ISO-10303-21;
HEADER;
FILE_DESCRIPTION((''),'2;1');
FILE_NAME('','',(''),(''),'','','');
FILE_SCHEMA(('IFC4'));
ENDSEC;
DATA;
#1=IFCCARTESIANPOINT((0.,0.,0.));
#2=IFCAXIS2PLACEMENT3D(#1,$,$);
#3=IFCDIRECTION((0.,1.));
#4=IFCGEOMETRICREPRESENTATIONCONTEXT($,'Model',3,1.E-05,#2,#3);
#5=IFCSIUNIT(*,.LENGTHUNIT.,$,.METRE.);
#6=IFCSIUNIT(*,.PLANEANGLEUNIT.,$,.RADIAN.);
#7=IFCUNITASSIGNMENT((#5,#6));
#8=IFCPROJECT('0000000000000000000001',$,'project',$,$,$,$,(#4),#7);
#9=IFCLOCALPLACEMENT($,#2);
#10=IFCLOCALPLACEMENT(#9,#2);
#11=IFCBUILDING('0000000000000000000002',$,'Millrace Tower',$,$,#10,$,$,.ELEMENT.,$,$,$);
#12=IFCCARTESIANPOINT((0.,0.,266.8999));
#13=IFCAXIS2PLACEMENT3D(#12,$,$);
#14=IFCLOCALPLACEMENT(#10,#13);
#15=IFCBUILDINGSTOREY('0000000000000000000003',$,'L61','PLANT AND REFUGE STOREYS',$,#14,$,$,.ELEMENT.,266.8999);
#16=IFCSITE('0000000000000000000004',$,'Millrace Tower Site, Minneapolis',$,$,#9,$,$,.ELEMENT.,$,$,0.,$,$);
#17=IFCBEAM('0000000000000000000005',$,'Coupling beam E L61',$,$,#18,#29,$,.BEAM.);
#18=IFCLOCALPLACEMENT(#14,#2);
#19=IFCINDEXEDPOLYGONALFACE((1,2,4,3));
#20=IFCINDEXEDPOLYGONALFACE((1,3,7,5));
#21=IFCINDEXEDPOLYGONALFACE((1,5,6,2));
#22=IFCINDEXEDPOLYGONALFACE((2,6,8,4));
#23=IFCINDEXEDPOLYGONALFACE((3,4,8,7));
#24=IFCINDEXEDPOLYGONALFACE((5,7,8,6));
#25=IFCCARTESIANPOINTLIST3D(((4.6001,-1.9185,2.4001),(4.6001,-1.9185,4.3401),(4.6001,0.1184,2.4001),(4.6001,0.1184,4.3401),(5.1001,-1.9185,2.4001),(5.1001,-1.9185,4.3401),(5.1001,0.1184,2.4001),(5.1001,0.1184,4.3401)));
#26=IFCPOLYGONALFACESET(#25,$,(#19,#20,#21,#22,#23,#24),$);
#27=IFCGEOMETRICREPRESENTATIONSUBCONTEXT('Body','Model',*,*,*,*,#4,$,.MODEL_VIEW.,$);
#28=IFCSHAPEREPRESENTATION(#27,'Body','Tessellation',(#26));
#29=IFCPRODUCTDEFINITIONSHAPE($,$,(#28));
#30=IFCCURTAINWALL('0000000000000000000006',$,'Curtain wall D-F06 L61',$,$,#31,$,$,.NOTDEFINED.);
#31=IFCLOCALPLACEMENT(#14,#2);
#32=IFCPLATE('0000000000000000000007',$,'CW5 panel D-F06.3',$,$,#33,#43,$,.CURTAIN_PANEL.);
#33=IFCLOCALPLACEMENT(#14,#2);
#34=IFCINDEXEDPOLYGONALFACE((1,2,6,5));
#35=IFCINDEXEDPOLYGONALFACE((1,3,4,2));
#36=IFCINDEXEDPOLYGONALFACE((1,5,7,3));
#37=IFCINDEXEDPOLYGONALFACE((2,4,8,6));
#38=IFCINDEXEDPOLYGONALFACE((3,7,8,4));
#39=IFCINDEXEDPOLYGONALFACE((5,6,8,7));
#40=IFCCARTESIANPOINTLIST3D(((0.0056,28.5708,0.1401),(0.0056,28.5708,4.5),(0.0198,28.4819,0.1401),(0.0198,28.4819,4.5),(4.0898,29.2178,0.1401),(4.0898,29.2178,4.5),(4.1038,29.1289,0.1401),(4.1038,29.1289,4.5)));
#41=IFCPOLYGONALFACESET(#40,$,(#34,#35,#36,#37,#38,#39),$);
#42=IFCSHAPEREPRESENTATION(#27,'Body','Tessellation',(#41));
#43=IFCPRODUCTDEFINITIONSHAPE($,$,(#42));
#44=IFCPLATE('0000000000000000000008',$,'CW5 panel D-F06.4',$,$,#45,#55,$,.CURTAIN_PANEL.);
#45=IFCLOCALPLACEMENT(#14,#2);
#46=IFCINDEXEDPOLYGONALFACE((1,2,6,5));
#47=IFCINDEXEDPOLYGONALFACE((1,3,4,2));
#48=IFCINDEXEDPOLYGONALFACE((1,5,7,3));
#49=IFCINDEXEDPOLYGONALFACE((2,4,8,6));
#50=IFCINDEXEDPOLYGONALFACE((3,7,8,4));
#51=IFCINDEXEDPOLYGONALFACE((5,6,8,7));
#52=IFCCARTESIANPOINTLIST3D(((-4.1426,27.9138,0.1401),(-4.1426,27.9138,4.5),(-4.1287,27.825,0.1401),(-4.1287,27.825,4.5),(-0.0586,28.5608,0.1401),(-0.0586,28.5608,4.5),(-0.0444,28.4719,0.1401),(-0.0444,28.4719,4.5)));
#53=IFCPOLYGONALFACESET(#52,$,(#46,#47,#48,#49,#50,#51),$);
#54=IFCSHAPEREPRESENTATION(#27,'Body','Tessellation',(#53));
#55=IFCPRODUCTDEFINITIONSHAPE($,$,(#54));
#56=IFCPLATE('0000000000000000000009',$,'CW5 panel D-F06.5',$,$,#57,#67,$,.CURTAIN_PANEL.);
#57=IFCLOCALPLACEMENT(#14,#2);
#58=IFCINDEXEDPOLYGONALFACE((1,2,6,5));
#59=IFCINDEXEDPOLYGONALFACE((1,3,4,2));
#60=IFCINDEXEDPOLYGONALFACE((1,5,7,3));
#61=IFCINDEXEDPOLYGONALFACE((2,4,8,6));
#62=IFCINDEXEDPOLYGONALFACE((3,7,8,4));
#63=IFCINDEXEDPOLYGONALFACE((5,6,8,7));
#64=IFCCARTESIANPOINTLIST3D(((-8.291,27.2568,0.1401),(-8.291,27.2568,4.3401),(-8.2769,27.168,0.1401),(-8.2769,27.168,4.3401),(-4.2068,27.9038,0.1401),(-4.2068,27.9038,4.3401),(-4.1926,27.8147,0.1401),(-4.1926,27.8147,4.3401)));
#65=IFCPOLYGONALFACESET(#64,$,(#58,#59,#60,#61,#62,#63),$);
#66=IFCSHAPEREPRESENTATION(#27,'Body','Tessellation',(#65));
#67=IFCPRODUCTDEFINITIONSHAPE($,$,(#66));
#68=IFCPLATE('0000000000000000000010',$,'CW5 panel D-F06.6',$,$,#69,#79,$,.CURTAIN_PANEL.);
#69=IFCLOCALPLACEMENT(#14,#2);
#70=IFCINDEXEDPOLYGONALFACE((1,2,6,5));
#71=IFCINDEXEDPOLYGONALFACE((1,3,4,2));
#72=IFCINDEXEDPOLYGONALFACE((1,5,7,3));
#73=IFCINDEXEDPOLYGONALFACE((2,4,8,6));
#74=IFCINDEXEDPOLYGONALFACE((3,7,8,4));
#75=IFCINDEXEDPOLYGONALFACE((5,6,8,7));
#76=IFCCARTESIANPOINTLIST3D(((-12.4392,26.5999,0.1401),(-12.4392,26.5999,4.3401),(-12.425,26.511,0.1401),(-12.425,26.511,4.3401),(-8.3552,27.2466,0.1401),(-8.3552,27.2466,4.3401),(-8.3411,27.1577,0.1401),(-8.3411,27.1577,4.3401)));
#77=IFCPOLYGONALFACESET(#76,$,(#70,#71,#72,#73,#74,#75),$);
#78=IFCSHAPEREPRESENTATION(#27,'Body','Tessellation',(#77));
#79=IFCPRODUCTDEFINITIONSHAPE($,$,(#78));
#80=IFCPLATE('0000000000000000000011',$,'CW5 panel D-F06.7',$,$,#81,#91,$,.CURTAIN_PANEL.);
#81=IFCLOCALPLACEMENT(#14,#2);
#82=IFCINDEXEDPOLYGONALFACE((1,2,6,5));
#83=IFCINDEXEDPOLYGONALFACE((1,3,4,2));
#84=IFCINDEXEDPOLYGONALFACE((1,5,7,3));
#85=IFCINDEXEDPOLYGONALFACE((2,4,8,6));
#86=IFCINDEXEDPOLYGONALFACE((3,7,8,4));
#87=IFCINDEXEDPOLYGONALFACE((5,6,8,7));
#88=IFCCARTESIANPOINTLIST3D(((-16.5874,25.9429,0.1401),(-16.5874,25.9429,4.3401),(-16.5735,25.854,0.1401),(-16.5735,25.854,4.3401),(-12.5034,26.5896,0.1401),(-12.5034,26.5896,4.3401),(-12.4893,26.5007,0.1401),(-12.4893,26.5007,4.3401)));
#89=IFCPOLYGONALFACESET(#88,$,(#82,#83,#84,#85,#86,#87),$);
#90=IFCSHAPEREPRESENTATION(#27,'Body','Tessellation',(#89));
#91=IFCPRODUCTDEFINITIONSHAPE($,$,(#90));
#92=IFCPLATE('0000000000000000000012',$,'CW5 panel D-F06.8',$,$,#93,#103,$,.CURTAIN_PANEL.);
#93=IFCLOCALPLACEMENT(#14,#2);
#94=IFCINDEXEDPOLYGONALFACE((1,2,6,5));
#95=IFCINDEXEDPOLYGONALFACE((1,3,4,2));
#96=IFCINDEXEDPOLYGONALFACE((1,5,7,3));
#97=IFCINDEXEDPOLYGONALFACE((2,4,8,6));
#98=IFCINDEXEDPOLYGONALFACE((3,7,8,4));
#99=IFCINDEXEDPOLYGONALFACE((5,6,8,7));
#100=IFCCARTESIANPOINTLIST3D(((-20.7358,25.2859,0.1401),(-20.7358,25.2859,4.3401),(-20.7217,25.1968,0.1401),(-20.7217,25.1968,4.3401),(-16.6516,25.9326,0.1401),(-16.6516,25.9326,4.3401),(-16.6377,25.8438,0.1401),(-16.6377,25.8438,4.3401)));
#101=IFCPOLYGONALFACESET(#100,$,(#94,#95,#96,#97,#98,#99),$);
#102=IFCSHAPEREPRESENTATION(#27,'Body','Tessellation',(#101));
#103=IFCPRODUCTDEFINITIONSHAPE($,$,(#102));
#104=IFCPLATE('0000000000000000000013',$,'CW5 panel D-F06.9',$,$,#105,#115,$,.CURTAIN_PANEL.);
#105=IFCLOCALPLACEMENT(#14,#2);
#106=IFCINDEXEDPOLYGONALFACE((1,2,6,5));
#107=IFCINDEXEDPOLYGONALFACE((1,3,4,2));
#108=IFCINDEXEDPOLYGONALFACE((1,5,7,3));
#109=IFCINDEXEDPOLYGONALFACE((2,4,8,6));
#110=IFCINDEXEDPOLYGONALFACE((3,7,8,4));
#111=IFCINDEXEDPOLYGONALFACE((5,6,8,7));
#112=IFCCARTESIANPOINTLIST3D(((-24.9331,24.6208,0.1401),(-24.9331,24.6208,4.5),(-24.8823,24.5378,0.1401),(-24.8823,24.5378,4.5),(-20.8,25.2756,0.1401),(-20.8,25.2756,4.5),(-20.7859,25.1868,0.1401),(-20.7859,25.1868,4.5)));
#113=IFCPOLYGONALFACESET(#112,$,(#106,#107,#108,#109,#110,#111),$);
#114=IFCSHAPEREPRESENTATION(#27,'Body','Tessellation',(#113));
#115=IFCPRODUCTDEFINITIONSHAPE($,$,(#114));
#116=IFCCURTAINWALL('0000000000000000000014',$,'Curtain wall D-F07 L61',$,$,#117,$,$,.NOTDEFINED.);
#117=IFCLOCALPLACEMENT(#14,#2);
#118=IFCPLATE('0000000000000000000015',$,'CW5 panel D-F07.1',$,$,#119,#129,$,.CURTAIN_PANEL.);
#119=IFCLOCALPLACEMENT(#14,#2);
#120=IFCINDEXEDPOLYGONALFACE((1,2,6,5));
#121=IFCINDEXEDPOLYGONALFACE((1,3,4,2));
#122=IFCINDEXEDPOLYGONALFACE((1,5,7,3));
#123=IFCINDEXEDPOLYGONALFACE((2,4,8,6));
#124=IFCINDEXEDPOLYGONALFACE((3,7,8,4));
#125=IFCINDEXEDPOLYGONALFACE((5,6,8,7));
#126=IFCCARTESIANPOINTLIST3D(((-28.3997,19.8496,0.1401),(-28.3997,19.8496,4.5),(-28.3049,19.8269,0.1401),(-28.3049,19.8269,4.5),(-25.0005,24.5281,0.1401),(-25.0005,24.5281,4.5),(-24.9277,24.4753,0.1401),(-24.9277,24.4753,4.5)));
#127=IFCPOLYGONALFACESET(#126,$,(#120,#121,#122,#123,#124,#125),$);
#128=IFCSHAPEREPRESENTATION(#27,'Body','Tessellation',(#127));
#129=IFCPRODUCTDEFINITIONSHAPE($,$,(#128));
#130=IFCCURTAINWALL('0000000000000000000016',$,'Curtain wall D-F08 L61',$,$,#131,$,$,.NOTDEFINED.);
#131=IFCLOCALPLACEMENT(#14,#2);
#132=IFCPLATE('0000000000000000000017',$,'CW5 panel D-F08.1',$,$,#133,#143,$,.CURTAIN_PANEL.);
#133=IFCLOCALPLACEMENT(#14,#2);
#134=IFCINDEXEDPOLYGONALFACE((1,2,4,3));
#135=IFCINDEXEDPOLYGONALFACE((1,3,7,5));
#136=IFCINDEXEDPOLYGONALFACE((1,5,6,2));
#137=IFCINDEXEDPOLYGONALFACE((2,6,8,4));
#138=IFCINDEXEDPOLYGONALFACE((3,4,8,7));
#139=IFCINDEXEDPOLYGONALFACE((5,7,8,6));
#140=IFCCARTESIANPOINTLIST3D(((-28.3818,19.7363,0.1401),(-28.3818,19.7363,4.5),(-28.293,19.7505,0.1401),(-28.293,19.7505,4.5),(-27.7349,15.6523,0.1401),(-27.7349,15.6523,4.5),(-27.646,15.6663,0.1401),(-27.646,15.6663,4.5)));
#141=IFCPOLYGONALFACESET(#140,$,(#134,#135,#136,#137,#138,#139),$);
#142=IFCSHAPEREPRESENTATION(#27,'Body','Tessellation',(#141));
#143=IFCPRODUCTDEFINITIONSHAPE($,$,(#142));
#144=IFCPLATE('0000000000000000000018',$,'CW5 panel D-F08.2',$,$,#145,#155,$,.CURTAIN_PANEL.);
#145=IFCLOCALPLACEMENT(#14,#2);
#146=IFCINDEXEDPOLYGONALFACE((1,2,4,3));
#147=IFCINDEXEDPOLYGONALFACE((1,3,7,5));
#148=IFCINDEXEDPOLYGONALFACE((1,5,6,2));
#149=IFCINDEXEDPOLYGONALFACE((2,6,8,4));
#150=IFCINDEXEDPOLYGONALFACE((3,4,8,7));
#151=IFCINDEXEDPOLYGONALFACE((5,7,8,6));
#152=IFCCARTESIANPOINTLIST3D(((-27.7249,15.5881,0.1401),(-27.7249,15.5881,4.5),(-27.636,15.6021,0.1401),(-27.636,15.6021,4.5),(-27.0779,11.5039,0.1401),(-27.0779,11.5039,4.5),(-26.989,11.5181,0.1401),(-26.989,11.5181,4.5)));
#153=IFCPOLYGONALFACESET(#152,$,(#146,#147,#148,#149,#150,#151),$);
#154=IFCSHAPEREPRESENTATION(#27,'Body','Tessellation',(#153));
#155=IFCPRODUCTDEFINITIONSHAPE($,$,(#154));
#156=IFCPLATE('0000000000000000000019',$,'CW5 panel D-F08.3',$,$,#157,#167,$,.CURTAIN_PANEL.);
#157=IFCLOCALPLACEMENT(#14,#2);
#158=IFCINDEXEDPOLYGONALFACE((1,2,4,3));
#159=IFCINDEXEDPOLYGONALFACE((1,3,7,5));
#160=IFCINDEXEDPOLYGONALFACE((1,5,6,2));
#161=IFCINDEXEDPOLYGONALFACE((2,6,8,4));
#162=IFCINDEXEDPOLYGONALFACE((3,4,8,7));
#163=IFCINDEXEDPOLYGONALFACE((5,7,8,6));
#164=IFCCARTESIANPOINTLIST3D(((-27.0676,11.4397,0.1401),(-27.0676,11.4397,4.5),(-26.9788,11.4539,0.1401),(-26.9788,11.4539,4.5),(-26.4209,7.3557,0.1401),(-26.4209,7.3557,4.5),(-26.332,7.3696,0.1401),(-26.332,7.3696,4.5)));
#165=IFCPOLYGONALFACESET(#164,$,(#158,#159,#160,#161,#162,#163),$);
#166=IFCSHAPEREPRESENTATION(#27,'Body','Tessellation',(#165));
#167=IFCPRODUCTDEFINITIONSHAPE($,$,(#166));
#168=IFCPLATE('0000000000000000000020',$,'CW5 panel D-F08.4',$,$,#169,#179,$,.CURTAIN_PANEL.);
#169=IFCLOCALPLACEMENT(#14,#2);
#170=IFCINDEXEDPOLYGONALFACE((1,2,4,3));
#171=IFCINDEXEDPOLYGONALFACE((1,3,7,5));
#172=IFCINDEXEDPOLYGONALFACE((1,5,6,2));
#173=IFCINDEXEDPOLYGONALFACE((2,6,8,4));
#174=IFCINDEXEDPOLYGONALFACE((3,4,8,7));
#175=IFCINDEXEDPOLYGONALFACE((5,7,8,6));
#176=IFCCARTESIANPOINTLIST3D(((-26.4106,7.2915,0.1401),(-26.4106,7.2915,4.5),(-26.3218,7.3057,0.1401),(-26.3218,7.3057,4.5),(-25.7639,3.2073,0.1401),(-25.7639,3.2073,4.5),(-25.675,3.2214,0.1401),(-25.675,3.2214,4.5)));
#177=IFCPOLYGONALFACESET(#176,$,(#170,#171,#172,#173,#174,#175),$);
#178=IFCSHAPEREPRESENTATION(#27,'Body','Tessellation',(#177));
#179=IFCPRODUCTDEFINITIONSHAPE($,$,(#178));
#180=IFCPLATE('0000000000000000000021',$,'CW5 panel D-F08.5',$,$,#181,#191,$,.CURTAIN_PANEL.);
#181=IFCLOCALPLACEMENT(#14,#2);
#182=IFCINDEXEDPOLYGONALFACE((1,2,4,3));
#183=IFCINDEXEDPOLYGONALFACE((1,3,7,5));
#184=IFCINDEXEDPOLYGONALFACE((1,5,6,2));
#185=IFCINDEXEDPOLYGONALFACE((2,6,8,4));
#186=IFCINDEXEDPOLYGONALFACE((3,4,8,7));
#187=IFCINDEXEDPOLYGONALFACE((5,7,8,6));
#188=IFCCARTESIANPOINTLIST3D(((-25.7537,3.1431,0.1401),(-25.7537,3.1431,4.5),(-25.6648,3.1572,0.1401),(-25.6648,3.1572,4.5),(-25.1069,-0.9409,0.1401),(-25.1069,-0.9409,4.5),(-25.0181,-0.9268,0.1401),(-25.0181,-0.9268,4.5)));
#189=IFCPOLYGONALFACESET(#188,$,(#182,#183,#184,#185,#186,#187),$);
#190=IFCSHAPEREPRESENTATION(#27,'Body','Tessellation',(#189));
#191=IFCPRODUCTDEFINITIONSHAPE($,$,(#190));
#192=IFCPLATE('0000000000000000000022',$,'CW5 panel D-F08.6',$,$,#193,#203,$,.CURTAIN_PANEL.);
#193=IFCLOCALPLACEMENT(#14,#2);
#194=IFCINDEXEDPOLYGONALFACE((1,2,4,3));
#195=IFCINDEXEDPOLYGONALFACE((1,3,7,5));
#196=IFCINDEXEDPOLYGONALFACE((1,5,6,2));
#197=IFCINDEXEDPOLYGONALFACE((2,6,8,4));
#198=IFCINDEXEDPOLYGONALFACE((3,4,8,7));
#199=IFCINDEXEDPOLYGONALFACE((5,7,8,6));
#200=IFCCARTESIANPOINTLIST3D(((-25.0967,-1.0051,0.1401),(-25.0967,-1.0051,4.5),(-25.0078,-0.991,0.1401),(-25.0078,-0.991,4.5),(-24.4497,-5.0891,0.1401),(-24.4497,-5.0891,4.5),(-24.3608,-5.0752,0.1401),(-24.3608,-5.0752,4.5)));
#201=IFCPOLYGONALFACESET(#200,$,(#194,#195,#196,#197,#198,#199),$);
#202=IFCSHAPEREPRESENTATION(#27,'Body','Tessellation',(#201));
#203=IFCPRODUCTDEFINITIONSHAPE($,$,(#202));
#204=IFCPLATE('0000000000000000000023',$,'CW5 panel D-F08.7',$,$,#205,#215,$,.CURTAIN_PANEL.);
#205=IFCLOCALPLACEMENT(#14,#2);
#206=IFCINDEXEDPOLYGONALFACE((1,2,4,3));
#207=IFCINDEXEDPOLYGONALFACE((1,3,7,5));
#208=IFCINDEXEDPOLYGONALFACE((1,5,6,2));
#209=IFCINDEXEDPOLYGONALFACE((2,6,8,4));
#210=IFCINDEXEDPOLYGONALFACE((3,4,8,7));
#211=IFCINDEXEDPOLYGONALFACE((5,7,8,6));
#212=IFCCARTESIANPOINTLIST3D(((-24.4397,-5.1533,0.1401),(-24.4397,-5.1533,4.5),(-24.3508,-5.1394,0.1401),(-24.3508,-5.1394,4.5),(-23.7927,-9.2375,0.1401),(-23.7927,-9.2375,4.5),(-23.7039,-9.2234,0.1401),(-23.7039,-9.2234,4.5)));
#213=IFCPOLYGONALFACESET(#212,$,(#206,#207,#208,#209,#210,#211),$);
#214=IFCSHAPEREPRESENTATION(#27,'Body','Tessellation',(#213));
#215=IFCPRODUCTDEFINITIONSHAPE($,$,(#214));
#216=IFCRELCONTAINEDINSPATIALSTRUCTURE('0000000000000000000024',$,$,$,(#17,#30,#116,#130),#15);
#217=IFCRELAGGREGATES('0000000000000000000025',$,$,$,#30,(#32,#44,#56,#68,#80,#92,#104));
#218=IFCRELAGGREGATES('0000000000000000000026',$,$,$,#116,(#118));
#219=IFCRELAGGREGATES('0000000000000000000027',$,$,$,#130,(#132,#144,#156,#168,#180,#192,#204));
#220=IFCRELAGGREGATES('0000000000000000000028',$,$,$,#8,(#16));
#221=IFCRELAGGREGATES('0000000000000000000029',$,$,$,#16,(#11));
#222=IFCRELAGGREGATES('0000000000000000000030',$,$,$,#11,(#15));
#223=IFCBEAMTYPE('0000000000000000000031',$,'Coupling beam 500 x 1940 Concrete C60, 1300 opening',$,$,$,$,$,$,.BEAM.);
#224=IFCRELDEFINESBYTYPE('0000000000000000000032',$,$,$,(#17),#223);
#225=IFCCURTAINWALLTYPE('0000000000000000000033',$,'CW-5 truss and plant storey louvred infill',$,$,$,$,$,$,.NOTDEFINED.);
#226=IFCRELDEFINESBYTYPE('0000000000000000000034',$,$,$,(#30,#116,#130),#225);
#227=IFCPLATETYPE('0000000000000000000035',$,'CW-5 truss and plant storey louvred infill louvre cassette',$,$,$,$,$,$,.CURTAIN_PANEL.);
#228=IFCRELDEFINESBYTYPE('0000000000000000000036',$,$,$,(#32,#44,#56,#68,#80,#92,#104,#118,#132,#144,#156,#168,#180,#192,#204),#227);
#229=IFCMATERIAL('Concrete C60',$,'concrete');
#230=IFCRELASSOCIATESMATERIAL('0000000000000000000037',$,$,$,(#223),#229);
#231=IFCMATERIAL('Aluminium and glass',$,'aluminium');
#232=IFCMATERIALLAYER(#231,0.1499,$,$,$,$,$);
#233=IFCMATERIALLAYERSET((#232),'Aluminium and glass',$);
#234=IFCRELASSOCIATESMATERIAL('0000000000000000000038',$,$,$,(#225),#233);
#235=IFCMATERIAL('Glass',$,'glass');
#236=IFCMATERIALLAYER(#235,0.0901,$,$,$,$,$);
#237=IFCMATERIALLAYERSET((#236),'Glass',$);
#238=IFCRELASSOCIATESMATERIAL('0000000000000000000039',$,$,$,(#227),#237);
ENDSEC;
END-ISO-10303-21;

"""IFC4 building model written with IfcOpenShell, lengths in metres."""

from ifc_helpers import new_model, si_unit, direction, frame, origin, origin_2d, place, context, subcontext, project, spatial, polyline, rectangle, outline, extrude, material, layer, layer_set, material_profile, profile_set, type_object, element, aggregate, save


model = new_model("IFC4")

# Units and contexts
model_context = context("Model", 3, precision=1e-05, world=origin(), true_north=direction((0.0, 1.0)))
body_context = subcontext(model_context, "Body", "Model", "MODEL_VIEW")
ifc_project = project(units=[si_unit("LENGTHUNIT", "METRE"), si_unit("PLANEANGLEUNIT", "RADIAN")], contexts=[model_context])

# Site, building, storey
site_placement = place(None, origin())
site = spatial("IfcSite", under=ifc_project, at=site_placement, Name="Millrace Tower Site, Minneapolis", CompositionType="ELEMENT", RefElevation=0.0)
building_placement = place(site_placement, origin())
building = spatial("IfcBuilding", under=site, at=building_placement, Name="Millrace Tower", CompositionType="ELEMENT")
storey_placement = place(building_placement, frame((0.0, 0.0, 266.8999)))
storey = spatial("IfcBuildingStorey", under=building, at=storey_placement, Name="L61", Description="PLANT AND REFUGE STOREYS", CompositionType="ELEMENT", Elevation=266.8999)

# Beam
ifc_material_1 = material(Name="Concrete C60", Category="concrete")
ifc_material_profile = material_profile(ifc_material_1, rectangle(XDim=0.5, YDim=1.9399, at=origin_2d()))
ifc_profile_set = profile_set([ifc_material_profile], Name="Concrete C60")
beam_type = type_object("IfcBeamType", Name="Coupling beam 500 x 1940 Concrete C60, 1300 opening", PredefinedType="BEAM", material=ifc_profile_set)
beam_placement = place(storey_placement, frame((4.8501, 0.1184, 3.3701), z_axis=(0.0, -1.0, 0.0), x_axis=(1.0, 0.0, 0.0)))
element("IfcBeam", 1, at=beam_placement, inside=storey, type_object=beam_type, Name="Coupling beam E L61", PredefinedType="BEAM", context=body_context, shape_type="SweptSolid", body=[
    extrude(rectangle(XDim=0.5, YDim=1.9399, at=origin_2d()), origin(), (0.0, 0.0, 1.0), 2.0369),
])

# Curtain wall, plates
ifc_material_2 = material(Name="Aluminium and glass", Category="aluminium")
ifc_layer_1 = layer(ifc_material_2, 0.1499)
ifc_layer_set_1 = layer_set([ifc_layer_1], Name="Aluminium and glass")
curtain_wall_type = type_object("IfcCurtainWallType", Name="CW-5 truss and plant storey louvred infill", PredefinedType="NOTDEFINED", material=ifc_layer_set_1)
placement_1 = place(storey_placement, origin())
curtain_wall_1 = element("IfcCurtainWall", 2, at=placement_1, inside=storey, type_object=curtain_wall_type, Name="Curtain wall D-F06 L61", PredefinedType="NOTDEFINED")
ifc_material_3 = material(Name="Glass", Category="glass")
ifc_layer_2 = layer(ifc_material_3, 0.0901)
ifc_layer_set_2 = layer_set([ifc_layer_2], Name="Glass")
plate_type = type_object("IfcPlateType", Name="CW-5 truss and plant storey louvred infill louvre cassette", PredefinedType="CURTAIN_PANEL", material=ifc_layer_set_2)
placement_2 = place(storey_placement, frame((0.0, 0.0, 0.1401)))
plate_1 = element("IfcPlate", 3, at=placement_2, type_object=plate_type, Name="CW5 panel D-F06.3", PredefinedType="CURTAIN_PANEL", context=body_context, shape_type="SweptSolid", body=[
    extrude(outline(polyline([(4.0898, 29.2178), (0.0056, 28.5708), (0.0198, 28.4819), (4.1038, 29.1289), (4.0898, 29.2178)])), origin(), (0.0, 0.0, 1.0), 4.3599),
])
plate_2 = element("IfcPlate", 4, at=placement_2, type_object=plate_type, Name="CW5 panel D-F06.4", PredefinedType="CURTAIN_PANEL", context=body_context, shape_type="SweptSolid", body=[
    extrude(outline(polyline([(-0.0586, 28.5608), (-4.1426, 27.9138), (-4.1287, 27.825), (-0.0444, 28.4719), (-0.0586, 28.5608)])), origin(), (0.0, 0.0, 1.0), 4.3599),
])
plate_3 = element("IfcPlate", 5, at=placement_2, type_object=plate_type, Name="CW5 panel D-F06.5", PredefinedType="CURTAIN_PANEL", context=body_context, shape_type="SweptSolid", body=[
    extrude(outline(polyline([(-4.2068, 27.9038), (-8.291, 27.2568), (-8.2769, 27.168), (-4.1926, 27.8147), (-4.2068, 27.9038)])), origin(), (0.0, 0.0, 1.0), 4.2),
])
plate_4 = element("IfcPlate", 6, at=placement_2, type_object=plate_type, Name="CW5 panel D-F06.6", PredefinedType="CURTAIN_PANEL", context=body_context, shape_type="SweptSolid", body=[
    extrude(outline(polyline([(-8.3552, 27.2466), (-12.4392, 26.5999), (-12.425, 26.511), (-8.3411, 27.1577), (-8.3552, 27.2466)])), origin(), (0.0, 0.0, 1.0), 4.2),
])
plate_5 = element("IfcPlate", 7, at=placement_2, type_object=plate_type, Name="CW5 panel D-F06.7", PredefinedType="CURTAIN_PANEL", context=body_context, shape_type="SweptSolid", body=[
    extrude(outline(polyline([(-12.5034, 26.5896), (-16.5874, 25.9429), (-16.5735, 25.854), (-12.4893, 26.5007), (-12.5034, 26.5896)])), origin(), (0.0, 0.0, 1.0), 4.2),
])
plate_6 = element("IfcPlate", 8, at=placement_2, type_object=plate_type, Name="CW5 panel D-F06.8", PredefinedType="CURTAIN_PANEL", context=body_context, shape_type="SweptSolid", body=[
    extrude(outline(polyline([(-16.6516, 25.9326), (-20.7358, 25.2859), (-20.7217, 25.1968), (-16.6377, 25.8438), (-16.6516, 25.9326)])), origin(), (0.0, 0.0, 1.0), 4.2),
])
plate_7 = element("IfcPlate", 9, at=placement_2, type_object=plate_type, Name="CW5 panel D-F06.9", PredefinedType="CURTAIN_PANEL", context=body_context, shape_type="SweptSolid", body=[
    extrude(outline(polyline([(-20.8, 25.2756), (-24.9331, 24.6208), (-24.8823, 24.5378), (-20.7859, 25.1868), (-20.8, 25.2756)])), origin(), (0.0, 0.0, 1.0), 4.3599),
])
aggregate(curtain_wall_1, [plate_1, plate_2, plate_3, plate_4, plate_5, plate_6, plate_7])

# Curtain wall, plate
curtain_wall_2 = element("IfcCurtainWall", 10, at=placement_1, inside=storey, type_object=curtain_wall_type, Name="Curtain wall D-F07 L61", PredefinedType="NOTDEFINED")
plate_8 = element("IfcPlate", 11, at=placement_2, type_object=plate_type, Name="CW5 panel D-F07.1", PredefinedType="CURTAIN_PANEL", context=body_context, shape_type="SweptSolid", body=[
    extrude(outline(polyline([(-25.0005, 24.5281), (-28.3997, 19.8496), (-28.3049, 19.8269), (-24.9277, 24.4753), (-25.0005, 24.5281)])), origin(), (0.0, 0.0, 1.0), 4.3599),
])
aggregate(curtain_wall_2, [plate_8])

# Curtain wall, plates
curtain_wall_3 = element("IfcCurtainWall", 12, at=placement_1, inside=storey, type_object=curtain_wall_type, Name="Curtain wall D-F08 L61", PredefinedType="NOTDEFINED")
plate_9 = element("IfcPlate", 13, at=placement_2, type_object=plate_type, Name="CW5 panel D-F08.1", PredefinedType="CURTAIN_PANEL", context=body_context, shape_type="SweptSolid", body=[
    extrude(outline(polyline([(-28.3818, 19.7363), (-27.7349, 15.6523), (-27.646, 15.6663), (-28.293, 19.7505), (-28.3818, 19.7363)])), origin(), (0.0, 0.0, 1.0), 4.3599),
])
plate_10 = element("IfcPlate", 14, at=placement_2, type_object=plate_type, Name="CW5 panel D-F08.2", PredefinedType="CURTAIN_PANEL", context=body_context, shape_type="SweptSolid", body=[
    extrude(outline(polyline([(-27.7249, 15.5881), (-27.0779, 11.5039), (-26.989, 11.5181), (-27.636, 15.6021), (-27.7249, 15.5881)])), origin(), (0.0, 0.0, 1.0), 4.3599),
])
plate_11 = element("IfcPlate", 15, at=placement_2, type_object=plate_type, Name="CW5 panel D-F08.3", PredefinedType="CURTAIN_PANEL", context=body_context, shape_type="SweptSolid", body=[
    extrude(outline(polyline([(-27.0676, 11.4397), (-26.4209, 7.3557), (-26.332, 7.3696), (-26.9788, 11.4539), (-27.0676, 11.4397)])), origin(), (0.0, 0.0, 1.0), 4.3599),
])
plate_12 = element("IfcPlate", 16, at=placement_2, type_object=plate_type, Name="CW5 panel D-F08.4", PredefinedType="CURTAIN_PANEL", context=body_context, shape_type="SweptSolid", body=[
    extrude(outline(polyline([(-26.4106, 7.2915), (-25.7639, 3.2073), (-25.675, 3.2214), (-26.3218, 7.3057), (-26.4106, 7.2915)])), origin(), (0.0, 0.0, 1.0), 4.3599),
])
plate_13 = element("IfcPlate", 17, at=placement_2, type_object=plate_type, Name="CW5 panel D-F08.5", PredefinedType="CURTAIN_PANEL", context=body_context, shape_type="SweptSolid", body=[
    extrude(outline(polyline([(-25.7537, 3.1431), (-25.1069, -0.9409), (-25.0181, -0.9268), (-25.6648, 3.1572), (-25.7537, 3.1431)])), origin(), (0.0, 0.0, 1.0), 4.3599),
])
plate_14 = element("IfcPlate", 18, at=placement_2, type_object=plate_type, Name="CW5 panel D-F08.6", PredefinedType="CURTAIN_PANEL", context=body_context, shape_type="SweptSolid", body=[
    extrude(outline(polyline([(-25.0967, -1.0051), (-24.4497, -5.0891), (-24.3608, -5.0752), (-25.0078, -0.991), (-25.0967, -1.0051)])), origin(), (0.0, 0.0, 1.0), 4.3599),
])
plate_15 = element("IfcPlate", 19, at=placement_2, type_object=plate_type, Name="CW5 panel D-F08.7", PredefinedType="CURTAIN_PANEL", context=body_context, shape_type="SweptSolid", body=[
    extrude(outline(polyline([(-24.4397, -5.1533), (-23.7927, -9.2375), (-23.7039, -9.2234), (-24.3508, -5.1394), (-24.4397, -5.1533)])), origin(), (0.0, 0.0, 1.0), 4.3599),
])
aggregate(curtain_wall_3, [plate_9, plate_10, plate_11, plate_12, plate_13, plate_14, plate_15])

save(model, "model.ifc")
